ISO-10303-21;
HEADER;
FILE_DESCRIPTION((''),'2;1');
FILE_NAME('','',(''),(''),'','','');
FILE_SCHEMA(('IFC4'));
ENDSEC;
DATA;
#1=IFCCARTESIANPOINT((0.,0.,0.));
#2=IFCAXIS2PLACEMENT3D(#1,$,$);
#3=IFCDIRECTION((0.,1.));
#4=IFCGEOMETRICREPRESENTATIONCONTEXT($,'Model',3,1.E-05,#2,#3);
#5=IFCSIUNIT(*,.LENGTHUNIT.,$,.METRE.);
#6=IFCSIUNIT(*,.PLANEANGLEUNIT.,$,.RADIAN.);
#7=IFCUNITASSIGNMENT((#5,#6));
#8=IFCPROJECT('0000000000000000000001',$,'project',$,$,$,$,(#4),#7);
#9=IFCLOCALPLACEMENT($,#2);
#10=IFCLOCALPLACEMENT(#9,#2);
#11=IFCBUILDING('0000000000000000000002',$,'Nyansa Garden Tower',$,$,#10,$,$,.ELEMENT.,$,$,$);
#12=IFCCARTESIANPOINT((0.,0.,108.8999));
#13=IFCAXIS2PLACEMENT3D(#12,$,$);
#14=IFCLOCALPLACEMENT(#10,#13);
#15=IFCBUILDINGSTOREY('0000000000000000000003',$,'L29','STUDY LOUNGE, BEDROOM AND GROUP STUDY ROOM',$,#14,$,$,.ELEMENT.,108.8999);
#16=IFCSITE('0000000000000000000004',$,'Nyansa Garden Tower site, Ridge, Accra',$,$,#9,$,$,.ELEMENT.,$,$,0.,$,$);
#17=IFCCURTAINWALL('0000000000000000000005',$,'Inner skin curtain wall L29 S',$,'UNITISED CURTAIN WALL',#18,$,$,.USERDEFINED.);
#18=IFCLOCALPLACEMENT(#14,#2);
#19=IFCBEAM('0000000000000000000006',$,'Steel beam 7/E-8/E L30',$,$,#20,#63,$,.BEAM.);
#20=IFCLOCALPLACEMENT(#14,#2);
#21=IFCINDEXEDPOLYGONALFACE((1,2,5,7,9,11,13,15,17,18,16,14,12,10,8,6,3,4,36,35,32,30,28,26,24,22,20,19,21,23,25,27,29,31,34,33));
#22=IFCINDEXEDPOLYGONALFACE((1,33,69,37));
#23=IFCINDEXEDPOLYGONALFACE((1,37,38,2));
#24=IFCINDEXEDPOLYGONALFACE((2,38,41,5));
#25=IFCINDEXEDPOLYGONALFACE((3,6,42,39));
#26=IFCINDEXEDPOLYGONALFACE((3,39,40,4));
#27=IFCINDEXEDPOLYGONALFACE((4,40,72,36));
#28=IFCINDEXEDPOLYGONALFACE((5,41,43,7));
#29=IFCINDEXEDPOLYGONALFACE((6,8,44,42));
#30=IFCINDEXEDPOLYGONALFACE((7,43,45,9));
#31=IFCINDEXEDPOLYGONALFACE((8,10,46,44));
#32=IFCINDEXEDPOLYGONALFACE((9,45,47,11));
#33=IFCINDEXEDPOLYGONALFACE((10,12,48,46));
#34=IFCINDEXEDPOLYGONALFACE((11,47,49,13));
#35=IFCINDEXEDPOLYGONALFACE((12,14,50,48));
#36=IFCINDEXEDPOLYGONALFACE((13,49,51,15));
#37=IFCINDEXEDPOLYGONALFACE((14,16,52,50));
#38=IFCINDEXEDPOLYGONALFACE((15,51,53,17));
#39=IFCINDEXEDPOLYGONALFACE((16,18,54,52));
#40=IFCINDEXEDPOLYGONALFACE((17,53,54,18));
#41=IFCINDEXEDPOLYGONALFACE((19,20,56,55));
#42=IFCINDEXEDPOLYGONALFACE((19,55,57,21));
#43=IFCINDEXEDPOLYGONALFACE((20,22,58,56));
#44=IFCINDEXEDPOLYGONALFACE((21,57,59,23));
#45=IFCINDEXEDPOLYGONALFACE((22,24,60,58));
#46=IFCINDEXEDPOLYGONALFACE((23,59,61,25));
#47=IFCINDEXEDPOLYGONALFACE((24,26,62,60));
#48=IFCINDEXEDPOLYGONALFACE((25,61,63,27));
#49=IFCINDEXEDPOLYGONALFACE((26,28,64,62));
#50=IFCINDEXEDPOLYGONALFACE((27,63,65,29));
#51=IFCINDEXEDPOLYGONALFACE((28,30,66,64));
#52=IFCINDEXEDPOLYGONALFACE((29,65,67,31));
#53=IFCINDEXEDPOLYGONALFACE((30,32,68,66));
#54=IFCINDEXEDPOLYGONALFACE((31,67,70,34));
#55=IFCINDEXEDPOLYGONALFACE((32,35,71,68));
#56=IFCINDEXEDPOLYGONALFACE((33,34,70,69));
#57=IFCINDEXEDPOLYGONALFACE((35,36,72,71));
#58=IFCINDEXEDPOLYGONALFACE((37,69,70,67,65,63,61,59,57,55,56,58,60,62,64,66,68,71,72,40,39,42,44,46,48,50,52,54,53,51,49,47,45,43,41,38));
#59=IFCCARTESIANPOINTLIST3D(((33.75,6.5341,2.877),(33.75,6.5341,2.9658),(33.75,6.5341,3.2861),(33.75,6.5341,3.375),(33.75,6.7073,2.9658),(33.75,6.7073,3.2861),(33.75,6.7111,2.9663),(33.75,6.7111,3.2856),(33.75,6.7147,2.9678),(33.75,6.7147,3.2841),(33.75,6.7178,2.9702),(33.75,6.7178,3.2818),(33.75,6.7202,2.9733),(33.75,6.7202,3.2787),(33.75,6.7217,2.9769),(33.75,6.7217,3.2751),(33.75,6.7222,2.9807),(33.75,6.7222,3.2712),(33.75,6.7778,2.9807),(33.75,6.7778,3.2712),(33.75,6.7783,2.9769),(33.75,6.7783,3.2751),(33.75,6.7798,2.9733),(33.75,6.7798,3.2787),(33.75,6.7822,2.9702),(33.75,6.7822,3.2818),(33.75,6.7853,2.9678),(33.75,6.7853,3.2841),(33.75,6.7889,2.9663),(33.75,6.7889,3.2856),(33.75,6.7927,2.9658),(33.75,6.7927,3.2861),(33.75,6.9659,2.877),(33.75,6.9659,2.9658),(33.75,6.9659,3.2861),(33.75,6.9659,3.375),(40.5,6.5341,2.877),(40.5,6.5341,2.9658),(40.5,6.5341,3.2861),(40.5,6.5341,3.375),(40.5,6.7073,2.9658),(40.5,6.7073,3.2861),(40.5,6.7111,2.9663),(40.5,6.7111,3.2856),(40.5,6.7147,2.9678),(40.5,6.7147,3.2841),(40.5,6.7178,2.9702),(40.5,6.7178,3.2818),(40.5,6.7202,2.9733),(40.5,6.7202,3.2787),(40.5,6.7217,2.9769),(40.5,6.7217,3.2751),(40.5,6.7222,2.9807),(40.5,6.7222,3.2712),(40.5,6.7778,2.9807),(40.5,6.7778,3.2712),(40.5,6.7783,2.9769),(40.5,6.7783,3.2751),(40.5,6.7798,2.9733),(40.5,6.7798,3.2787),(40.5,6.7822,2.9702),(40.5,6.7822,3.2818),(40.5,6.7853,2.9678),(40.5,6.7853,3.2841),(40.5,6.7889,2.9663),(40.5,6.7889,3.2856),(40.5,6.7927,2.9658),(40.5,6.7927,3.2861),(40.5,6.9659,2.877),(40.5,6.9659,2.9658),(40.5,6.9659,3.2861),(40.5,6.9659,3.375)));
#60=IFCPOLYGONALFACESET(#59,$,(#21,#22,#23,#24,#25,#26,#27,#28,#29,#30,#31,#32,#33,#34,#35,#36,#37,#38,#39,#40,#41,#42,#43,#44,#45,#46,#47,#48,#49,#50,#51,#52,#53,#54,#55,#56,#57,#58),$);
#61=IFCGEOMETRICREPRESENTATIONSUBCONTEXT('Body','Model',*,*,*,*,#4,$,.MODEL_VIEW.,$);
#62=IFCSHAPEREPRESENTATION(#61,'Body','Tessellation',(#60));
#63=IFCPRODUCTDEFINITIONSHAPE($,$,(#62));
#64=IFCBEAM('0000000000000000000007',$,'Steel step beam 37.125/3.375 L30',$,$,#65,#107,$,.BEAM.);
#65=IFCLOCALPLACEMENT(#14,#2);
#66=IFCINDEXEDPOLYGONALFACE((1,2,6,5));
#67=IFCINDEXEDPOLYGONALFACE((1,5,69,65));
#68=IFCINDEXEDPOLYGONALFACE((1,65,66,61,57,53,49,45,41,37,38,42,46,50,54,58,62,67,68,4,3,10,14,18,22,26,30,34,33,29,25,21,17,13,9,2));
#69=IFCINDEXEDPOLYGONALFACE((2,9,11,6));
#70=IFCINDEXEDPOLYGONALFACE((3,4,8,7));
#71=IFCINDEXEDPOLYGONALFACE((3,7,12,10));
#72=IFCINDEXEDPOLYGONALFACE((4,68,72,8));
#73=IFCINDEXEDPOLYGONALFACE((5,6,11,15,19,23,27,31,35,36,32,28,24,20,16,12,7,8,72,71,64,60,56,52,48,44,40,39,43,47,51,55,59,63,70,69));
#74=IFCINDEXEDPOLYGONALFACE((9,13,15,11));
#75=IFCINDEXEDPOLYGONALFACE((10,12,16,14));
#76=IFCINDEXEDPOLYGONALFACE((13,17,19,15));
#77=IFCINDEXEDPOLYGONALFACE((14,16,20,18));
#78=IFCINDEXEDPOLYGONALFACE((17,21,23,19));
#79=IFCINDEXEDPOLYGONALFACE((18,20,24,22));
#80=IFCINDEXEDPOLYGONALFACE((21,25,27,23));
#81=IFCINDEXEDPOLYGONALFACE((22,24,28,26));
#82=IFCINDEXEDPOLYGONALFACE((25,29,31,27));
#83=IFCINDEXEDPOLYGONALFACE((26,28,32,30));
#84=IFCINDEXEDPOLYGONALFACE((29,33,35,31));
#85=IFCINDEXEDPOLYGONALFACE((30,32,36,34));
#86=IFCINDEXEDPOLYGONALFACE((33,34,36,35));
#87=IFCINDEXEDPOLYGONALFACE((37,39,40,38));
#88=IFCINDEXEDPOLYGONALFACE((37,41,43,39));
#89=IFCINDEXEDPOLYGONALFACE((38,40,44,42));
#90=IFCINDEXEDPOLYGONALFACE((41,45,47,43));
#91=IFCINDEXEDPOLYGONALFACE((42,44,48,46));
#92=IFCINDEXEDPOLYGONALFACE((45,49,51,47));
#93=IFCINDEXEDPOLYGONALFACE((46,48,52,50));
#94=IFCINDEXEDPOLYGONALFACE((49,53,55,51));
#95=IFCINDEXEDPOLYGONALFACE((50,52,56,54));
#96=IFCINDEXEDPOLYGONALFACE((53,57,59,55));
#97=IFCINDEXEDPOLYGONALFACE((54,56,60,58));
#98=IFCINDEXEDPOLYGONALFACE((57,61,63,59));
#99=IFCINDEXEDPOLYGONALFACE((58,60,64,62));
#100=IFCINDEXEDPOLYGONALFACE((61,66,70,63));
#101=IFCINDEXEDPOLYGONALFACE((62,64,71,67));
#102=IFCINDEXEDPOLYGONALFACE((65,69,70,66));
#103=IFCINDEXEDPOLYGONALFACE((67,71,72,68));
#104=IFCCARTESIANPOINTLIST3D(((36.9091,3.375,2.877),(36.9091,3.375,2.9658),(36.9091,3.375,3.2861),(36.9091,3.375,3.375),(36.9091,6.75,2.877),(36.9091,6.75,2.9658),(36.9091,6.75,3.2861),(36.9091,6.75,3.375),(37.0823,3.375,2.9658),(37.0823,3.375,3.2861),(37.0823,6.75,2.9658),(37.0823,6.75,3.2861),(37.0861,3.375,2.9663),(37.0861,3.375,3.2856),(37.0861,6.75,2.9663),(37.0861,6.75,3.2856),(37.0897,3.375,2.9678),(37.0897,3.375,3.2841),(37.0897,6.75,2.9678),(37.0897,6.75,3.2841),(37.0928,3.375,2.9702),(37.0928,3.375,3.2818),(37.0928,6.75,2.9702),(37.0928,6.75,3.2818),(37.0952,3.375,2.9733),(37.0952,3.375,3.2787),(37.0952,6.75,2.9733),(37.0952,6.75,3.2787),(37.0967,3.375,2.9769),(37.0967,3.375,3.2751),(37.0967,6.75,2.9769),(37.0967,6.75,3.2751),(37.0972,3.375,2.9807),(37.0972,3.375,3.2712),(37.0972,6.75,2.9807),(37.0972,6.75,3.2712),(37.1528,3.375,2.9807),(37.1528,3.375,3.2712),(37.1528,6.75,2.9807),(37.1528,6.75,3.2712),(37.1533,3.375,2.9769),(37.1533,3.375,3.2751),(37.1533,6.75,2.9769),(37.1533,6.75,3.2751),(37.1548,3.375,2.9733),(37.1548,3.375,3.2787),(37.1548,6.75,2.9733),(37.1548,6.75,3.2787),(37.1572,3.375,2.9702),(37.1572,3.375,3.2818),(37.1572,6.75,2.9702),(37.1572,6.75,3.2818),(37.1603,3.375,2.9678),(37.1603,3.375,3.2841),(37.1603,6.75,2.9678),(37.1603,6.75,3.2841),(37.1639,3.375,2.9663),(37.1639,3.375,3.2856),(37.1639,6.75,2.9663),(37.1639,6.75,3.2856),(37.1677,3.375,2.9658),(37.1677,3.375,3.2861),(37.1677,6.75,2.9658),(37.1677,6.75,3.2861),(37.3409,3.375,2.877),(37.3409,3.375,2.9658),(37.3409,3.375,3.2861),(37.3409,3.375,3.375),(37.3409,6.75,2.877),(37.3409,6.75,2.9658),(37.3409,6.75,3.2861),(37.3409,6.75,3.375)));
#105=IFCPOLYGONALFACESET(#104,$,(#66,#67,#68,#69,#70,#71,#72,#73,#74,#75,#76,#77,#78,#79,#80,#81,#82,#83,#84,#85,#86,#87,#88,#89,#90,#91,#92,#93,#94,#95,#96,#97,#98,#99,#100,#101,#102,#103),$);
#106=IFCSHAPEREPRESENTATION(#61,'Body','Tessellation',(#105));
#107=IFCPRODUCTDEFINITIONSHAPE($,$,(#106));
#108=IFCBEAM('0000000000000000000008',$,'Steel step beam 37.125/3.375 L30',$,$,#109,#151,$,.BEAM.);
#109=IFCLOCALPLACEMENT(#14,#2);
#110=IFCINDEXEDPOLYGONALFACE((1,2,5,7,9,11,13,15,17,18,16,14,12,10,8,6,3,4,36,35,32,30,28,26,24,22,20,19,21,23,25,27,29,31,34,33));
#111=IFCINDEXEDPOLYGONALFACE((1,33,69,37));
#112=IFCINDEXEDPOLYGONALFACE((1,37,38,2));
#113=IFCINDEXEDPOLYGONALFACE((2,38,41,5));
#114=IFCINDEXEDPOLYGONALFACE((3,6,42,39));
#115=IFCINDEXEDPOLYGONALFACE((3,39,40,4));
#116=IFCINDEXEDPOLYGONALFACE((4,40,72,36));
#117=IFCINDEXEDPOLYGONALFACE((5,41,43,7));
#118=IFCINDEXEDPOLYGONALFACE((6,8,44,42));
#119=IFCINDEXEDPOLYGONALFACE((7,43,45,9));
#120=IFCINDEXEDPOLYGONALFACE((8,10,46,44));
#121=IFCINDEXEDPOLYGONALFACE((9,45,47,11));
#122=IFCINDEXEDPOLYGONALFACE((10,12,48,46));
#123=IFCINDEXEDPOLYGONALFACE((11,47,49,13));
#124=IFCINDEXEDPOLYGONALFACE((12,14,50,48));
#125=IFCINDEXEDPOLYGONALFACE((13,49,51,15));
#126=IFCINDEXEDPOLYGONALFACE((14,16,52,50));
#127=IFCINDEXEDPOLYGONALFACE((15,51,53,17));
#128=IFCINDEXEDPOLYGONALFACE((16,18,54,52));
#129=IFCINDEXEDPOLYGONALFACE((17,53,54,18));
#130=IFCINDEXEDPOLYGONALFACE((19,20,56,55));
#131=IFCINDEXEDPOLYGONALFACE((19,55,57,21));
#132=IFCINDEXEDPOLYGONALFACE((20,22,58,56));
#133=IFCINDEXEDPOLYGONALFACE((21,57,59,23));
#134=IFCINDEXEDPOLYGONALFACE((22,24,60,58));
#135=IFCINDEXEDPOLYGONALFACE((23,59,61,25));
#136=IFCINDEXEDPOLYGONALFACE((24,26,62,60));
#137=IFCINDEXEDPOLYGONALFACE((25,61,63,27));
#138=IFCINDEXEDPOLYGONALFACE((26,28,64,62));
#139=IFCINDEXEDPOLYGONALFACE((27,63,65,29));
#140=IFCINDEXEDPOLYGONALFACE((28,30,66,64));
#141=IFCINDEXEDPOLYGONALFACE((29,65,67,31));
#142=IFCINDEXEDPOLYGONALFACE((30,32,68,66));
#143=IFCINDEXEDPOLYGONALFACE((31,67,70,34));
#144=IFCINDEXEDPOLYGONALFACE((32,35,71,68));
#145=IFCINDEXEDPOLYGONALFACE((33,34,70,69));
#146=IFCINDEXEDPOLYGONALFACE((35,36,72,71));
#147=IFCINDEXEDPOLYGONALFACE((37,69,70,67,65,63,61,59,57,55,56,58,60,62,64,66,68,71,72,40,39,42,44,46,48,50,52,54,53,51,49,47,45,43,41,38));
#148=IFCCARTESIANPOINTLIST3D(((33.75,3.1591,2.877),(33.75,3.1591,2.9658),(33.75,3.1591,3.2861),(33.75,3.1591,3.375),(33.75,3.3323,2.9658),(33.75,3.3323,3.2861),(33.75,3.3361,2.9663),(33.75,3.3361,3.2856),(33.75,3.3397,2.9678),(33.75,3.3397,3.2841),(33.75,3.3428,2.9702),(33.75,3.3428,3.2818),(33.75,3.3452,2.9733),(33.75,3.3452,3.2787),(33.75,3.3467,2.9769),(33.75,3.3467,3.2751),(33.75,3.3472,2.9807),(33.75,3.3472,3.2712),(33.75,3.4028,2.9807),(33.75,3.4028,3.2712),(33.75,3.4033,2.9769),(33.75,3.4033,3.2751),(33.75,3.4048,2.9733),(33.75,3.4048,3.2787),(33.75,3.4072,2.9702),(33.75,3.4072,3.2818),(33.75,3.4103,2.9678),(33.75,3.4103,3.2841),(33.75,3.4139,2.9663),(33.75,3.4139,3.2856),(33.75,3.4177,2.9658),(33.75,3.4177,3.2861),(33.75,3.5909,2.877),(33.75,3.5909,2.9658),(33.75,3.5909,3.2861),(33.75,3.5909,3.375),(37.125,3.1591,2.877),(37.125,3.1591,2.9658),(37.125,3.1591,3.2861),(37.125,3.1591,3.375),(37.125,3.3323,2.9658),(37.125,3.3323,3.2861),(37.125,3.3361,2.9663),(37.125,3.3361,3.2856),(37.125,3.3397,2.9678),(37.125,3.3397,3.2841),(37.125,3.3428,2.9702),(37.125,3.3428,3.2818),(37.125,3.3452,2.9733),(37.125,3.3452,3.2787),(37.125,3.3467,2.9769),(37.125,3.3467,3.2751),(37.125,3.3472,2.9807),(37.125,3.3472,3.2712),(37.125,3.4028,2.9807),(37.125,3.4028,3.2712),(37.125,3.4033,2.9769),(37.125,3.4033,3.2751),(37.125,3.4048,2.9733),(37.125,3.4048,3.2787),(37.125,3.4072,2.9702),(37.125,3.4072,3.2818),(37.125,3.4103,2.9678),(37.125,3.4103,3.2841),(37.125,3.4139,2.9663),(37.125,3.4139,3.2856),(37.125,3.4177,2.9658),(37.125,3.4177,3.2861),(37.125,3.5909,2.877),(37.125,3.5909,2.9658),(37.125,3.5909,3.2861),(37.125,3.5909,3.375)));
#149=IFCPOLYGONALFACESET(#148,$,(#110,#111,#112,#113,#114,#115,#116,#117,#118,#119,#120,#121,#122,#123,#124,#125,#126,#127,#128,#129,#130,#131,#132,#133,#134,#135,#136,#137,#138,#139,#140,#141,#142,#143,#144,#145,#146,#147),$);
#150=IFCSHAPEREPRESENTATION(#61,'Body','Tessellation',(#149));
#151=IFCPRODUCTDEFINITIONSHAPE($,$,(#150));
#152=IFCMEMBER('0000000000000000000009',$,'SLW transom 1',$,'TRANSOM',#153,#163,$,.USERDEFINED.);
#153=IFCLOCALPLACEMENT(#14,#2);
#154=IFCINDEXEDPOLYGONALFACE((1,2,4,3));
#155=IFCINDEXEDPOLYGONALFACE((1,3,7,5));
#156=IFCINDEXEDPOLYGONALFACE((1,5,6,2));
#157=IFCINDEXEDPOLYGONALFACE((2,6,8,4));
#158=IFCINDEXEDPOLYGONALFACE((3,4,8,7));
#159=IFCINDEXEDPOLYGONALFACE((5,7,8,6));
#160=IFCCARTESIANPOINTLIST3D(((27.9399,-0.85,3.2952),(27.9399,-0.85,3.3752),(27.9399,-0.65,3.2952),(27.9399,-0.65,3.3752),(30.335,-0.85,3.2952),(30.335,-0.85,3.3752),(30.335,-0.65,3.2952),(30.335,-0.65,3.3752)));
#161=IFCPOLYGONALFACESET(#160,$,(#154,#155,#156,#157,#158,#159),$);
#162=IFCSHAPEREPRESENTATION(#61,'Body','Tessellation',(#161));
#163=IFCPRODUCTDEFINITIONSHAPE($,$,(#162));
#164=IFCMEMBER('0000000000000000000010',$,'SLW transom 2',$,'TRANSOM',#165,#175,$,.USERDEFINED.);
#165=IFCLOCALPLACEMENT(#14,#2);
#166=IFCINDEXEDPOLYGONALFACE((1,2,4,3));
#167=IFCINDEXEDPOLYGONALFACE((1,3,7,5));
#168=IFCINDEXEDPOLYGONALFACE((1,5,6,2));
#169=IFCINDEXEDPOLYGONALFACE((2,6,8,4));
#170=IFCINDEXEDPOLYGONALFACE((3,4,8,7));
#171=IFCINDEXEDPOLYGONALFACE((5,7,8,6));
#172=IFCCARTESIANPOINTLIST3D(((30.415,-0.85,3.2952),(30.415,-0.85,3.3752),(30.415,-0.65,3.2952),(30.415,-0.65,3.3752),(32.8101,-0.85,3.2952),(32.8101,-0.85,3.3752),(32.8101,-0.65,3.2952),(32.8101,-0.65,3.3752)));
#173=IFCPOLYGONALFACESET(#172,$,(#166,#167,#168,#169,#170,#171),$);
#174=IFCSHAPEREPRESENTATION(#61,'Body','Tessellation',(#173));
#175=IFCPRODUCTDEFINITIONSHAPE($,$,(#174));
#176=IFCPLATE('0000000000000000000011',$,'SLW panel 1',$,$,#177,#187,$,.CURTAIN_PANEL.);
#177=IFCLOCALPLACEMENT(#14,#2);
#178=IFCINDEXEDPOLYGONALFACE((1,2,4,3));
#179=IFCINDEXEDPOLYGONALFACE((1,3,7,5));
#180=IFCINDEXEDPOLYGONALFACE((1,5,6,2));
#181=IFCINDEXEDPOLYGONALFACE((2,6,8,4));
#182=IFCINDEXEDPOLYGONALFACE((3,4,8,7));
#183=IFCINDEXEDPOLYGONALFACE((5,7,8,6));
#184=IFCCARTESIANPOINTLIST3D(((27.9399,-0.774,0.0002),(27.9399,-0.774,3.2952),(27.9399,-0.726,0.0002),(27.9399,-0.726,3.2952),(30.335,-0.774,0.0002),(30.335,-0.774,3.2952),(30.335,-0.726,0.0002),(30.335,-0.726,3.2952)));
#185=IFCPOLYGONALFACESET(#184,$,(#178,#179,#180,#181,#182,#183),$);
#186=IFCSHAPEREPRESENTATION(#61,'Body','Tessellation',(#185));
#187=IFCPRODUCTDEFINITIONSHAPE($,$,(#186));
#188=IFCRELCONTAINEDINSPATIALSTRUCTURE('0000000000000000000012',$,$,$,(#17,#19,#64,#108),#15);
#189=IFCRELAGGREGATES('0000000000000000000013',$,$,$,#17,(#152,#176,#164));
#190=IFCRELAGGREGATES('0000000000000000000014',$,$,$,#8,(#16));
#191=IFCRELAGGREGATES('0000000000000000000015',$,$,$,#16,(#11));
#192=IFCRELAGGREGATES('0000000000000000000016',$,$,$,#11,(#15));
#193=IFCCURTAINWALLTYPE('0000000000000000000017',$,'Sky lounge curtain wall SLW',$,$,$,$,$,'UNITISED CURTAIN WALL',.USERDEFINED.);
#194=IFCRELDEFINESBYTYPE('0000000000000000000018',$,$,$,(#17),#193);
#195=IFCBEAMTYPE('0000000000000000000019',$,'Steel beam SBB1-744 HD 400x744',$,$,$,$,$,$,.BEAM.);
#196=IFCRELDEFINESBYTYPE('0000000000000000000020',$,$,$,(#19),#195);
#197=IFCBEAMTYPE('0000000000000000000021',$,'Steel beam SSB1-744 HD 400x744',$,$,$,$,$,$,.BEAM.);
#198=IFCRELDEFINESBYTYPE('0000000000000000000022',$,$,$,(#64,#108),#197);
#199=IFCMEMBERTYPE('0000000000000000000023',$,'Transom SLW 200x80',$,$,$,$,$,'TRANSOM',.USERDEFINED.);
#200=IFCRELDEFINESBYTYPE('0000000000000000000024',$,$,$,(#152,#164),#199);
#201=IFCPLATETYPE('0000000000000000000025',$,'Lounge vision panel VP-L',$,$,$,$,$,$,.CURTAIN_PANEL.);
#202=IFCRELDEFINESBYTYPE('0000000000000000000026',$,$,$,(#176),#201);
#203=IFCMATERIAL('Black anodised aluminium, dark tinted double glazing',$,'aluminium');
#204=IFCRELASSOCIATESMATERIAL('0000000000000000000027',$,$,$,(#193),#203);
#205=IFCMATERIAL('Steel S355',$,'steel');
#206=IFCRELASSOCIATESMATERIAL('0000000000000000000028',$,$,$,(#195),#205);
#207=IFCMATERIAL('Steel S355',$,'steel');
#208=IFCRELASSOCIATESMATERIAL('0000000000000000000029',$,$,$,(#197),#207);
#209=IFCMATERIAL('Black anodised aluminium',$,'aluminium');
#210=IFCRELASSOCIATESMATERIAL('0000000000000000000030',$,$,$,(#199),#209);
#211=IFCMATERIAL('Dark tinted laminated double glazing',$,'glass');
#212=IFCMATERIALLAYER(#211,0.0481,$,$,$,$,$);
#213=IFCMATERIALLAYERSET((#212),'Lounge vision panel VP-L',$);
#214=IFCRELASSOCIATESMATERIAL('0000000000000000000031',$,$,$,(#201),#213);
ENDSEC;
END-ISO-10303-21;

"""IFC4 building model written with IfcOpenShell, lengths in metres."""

from ifc_helpers import new_model, si_unit, direction, frame, origin, origin_2d, place, context, subcontext, project, spatial, rectangle, i_section, extrude, material, layer, layer_set, material_profile, profile_set, type_object, element, aggregate, save


model = new_model("IFC4")

# Units and contexts
model_context = context("Model", 3, precision=1e-05, world=origin(), true_north=direction((0.0, 1.0)))
body_context = subcontext(model_context, "Body", "Model", "MODEL_VIEW")
ifc_project = project(units=[si_unit("LENGTHUNIT", "METRE"), si_unit("PLANEANGLEUNIT", "RADIAN")], contexts=[model_context])

# Site, building, storey
site_placement = place(None, origin())
site = spatial("IfcSite", under=ifc_project, at=site_placement, Name="Nyansa Garden Tower site, Ridge, Accra", CompositionType="ELEMENT", RefElevation=0.0)
building_placement = place(site_placement, origin())
building = spatial("IfcBuilding", under=site, at=building_placement, Name="Nyansa Garden Tower", CompositionType="ELEMENT")
storey_placement = place(building_placement, frame((0.0, 0.0, 108.8999)))
storey = spatial("IfcBuildingStorey", under=building, at=storey_placement, Name="L29", Description="STUDY LOUNGE, BEDROOM AND GROUP STUDY ROOM", CompositionType="ELEMENT", Elevation=108.8999)

# Curtain wall
ifc_material_1 = material(Name="Black anodised aluminium, dark tinted double glazing", Category="aluminium")
curtain_wall_type = type_object("IfcCurtainWallType", Name="Sky lounge curtain wall SLW", ElementType="UNITISED CURTAIN WALL", PredefinedType="USERDEFINED", material=ifc_material_1)
curtain_wall_placement = place(storey_placement, origin())
curtain_wall = element("IfcCurtainWall", 1, at=curtain_wall_placement, inside=storey, type_object=curtain_wall_type, Name="Inner skin curtain wall L29 S", ObjectType="UNITISED CURTAIN WALL", PredefinedType="USERDEFINED")

# Beams
ifc_material_2 = material(Name="Steel S355", Category="steel")
ifc_material_profile_1 = material_profile(ifc_material_2, i_section(OverallWidth=0.4319, OverallDepth=0.498, WebThickness=0.0557, FlangeThickness=0.0889, FilletRadius=0.0149, at=origin_2d()), Name="HD 400x744")
ifc_profile_set_1 = profile_set([ifc_material_profile_1], Name="Steel S355")
beam_type_1 = type_object("IfcBeamType", Name="Steel beam SBB1-744 HD 400x744", PredefinedType="BEAM", material=ifc_profile_set_1)
for number, where, z_axis, x_axis, name in (
    (2, (33.75, 6.75, 3.126), (1.0, 0.0, 0.0), (0.0, 1.0, 0.0), "Steel beam 7/E-8/E L30"),
):
    element("IfcBeam", number, at=place(storey_placement, frame(where, z_axis=z_axis, x_axis=x_axis)), inside=storey, type_object=beam_type_1, Name=name, PredefinedType="BEAM", context=body_context, shape_type="SweptSolid", body=[
        extrude(i_section(OverallWidth=0.4319, OverallDepth=0.498, WebThickness=0.0557, FlangeThickness=0.0889, FilletRadius=0.0149, at=origin_2d()), origin(), (0.0, 0.0, 1.0), 6.75),
    ])
ifc_material_3 = material(Name="Steel S355", Category="steel")
ifc_material_profile_2 = material_profile(ifc_material_3, i_section(OverallWidth=0.4319, OverallDepth=0.498, WebThickness=0.0557, FlangeThickness=0.0889, FilletRadius=0.0149, at=origin_2d()), Name="HD 400x744")
ifc_profile_set_2 = profile_set([ifc_material_profile_2], Name="Steel S355")
beam_type_2 = type_object("IfcBeamType", Name="Steel beam SSB1-744 HD 400x744", PredefinedType="BEAM", material=ifc_profile_set_2)
for number, where, z_axis, x_axis, name in (
    (3, (37.125, 3.375, 3.126), (0.0, 1.0, 0.0), (-1.0, 0.0, 0.0), "Steel step beam 37.125/3.375 L30"),
    (4, (37.125, 3.375, 3.126), (-1.0, 0.0, 0.0), (0.0, -1.0, 0.0), "Steel step beam 37.125/3.375 L30"),
):
    element("IfcBeam", number, at=place(storey_placement, frame(where, z_axis=z_axis, x_axis=x_axis)), inside=storey, type_object=beam_type_2, Name=name, PredefinedType="BEAM", context=body_context, shape_type="SweptSolid", body=[
        extrude(i_section(OverallWidth=0.4319, OverallDepth=0.498, WebThickness=0.0557, FlangeThickness=0.0889, FilletRadius=0.0149, at=origin_2d()), origin(), (0.0, 0.0, 1.0), 3.375),
    ])

# Members
ifc_material_4 = material(Name="Black anodised aluminium", Category="aluminium")
ifc_material_profile_3 = material_profile(ifc_material_4, rectangle(XDim=0.2, YDim=0.0801, at=origin_2d()), Name="Transom 200x80")
ifc_profile_set_3 = profile_set([ifc_material_profile_3], Name="Black anodised aluminium")
member_type_1 = type_object("IfcMemberType", Name="Transom SLW 200x80", ElementType="TRANSOM", PredefinedType="USERDEFINED", material=ifc_profile_set_3)
member_1_placement = place(storey_placement, frame((27.9399, -0.75, 3.3352), z_axis=(1.0, 0.0, 0.0), x_axis=(0.0, 1.0, 0.0)))
member_1 = element("IfcMember", 5, at=member_1_placement, type_object=member_type_1, Name="SLW transom 1", ObjectType="TRANSOM", PredefinedType="USERDEFINED", context=body_context, shape_type="SweptSolid", body=[
    extrude(rectangle(XDim=0.2, YDim=0.0801, at=origin_2d()), origin(), (0.0, 0.0, 1.0), 2.395),
])
member_2_placement = place(storey_placement, frame((30.415, -0.75, 3.3352), z_axis=(1.0, 0.0, 0.0), x_axis=(0.0, 1.0, 0.0)))
member_2 = element("IfcMember", 6, at=member_2_placement, type_object=member_type_1, Name="SLW transom 2", ObjectType="TRANSOM", PredefinedType="USERDEFINED", context=body_context, shape_type="SweptSolid", body=[
    extrude(rectangle(XDim=0.2, YDim=0.0801, at=origin_2d()), origin(), (0.0, 0.0, 1.0), 2.395),
])

# Plate
ifc_material_5 = material(Name="Dark tinted laminated double glazing", Category="glass")
ifc_layer_1 = layer(ifc_material_5, 0.0481)
ifc_layer_set_1 = layer_set([ifc_layer_1], Name="Lounge vision panel VP-L")
plate_type = type_object("IfcPlateType", Name="Lounge vision panel VP-L", PredefinedType="CURTAIN_PANEL", material=ifc_layer_set_1)
plate_1_placement = place(storey_placement, frame((29.1375, -0.75, 0.0002), z_axis=(0.0, 0.0, 1.0), x_axis=(1.0, 0.0, 0.0)))
plate_1 = element("IfcPlate", 7, at=plate_1_placement, type_object=plate_type, Name="SLW panel 1", PredefinedType="CURTAIN_PANEL", context=body_context, shape_type="SweptSolid", body=[
    extrude(rectangle(XDim=2.395, YDim=0.0481, at=origin_2d()), origin(), (0.0, 0.0, 1.0), 3.2949),
])
aggregate(curtain_wall, [member_1, plate_1, member_2])

save(model, "model.ifc")
